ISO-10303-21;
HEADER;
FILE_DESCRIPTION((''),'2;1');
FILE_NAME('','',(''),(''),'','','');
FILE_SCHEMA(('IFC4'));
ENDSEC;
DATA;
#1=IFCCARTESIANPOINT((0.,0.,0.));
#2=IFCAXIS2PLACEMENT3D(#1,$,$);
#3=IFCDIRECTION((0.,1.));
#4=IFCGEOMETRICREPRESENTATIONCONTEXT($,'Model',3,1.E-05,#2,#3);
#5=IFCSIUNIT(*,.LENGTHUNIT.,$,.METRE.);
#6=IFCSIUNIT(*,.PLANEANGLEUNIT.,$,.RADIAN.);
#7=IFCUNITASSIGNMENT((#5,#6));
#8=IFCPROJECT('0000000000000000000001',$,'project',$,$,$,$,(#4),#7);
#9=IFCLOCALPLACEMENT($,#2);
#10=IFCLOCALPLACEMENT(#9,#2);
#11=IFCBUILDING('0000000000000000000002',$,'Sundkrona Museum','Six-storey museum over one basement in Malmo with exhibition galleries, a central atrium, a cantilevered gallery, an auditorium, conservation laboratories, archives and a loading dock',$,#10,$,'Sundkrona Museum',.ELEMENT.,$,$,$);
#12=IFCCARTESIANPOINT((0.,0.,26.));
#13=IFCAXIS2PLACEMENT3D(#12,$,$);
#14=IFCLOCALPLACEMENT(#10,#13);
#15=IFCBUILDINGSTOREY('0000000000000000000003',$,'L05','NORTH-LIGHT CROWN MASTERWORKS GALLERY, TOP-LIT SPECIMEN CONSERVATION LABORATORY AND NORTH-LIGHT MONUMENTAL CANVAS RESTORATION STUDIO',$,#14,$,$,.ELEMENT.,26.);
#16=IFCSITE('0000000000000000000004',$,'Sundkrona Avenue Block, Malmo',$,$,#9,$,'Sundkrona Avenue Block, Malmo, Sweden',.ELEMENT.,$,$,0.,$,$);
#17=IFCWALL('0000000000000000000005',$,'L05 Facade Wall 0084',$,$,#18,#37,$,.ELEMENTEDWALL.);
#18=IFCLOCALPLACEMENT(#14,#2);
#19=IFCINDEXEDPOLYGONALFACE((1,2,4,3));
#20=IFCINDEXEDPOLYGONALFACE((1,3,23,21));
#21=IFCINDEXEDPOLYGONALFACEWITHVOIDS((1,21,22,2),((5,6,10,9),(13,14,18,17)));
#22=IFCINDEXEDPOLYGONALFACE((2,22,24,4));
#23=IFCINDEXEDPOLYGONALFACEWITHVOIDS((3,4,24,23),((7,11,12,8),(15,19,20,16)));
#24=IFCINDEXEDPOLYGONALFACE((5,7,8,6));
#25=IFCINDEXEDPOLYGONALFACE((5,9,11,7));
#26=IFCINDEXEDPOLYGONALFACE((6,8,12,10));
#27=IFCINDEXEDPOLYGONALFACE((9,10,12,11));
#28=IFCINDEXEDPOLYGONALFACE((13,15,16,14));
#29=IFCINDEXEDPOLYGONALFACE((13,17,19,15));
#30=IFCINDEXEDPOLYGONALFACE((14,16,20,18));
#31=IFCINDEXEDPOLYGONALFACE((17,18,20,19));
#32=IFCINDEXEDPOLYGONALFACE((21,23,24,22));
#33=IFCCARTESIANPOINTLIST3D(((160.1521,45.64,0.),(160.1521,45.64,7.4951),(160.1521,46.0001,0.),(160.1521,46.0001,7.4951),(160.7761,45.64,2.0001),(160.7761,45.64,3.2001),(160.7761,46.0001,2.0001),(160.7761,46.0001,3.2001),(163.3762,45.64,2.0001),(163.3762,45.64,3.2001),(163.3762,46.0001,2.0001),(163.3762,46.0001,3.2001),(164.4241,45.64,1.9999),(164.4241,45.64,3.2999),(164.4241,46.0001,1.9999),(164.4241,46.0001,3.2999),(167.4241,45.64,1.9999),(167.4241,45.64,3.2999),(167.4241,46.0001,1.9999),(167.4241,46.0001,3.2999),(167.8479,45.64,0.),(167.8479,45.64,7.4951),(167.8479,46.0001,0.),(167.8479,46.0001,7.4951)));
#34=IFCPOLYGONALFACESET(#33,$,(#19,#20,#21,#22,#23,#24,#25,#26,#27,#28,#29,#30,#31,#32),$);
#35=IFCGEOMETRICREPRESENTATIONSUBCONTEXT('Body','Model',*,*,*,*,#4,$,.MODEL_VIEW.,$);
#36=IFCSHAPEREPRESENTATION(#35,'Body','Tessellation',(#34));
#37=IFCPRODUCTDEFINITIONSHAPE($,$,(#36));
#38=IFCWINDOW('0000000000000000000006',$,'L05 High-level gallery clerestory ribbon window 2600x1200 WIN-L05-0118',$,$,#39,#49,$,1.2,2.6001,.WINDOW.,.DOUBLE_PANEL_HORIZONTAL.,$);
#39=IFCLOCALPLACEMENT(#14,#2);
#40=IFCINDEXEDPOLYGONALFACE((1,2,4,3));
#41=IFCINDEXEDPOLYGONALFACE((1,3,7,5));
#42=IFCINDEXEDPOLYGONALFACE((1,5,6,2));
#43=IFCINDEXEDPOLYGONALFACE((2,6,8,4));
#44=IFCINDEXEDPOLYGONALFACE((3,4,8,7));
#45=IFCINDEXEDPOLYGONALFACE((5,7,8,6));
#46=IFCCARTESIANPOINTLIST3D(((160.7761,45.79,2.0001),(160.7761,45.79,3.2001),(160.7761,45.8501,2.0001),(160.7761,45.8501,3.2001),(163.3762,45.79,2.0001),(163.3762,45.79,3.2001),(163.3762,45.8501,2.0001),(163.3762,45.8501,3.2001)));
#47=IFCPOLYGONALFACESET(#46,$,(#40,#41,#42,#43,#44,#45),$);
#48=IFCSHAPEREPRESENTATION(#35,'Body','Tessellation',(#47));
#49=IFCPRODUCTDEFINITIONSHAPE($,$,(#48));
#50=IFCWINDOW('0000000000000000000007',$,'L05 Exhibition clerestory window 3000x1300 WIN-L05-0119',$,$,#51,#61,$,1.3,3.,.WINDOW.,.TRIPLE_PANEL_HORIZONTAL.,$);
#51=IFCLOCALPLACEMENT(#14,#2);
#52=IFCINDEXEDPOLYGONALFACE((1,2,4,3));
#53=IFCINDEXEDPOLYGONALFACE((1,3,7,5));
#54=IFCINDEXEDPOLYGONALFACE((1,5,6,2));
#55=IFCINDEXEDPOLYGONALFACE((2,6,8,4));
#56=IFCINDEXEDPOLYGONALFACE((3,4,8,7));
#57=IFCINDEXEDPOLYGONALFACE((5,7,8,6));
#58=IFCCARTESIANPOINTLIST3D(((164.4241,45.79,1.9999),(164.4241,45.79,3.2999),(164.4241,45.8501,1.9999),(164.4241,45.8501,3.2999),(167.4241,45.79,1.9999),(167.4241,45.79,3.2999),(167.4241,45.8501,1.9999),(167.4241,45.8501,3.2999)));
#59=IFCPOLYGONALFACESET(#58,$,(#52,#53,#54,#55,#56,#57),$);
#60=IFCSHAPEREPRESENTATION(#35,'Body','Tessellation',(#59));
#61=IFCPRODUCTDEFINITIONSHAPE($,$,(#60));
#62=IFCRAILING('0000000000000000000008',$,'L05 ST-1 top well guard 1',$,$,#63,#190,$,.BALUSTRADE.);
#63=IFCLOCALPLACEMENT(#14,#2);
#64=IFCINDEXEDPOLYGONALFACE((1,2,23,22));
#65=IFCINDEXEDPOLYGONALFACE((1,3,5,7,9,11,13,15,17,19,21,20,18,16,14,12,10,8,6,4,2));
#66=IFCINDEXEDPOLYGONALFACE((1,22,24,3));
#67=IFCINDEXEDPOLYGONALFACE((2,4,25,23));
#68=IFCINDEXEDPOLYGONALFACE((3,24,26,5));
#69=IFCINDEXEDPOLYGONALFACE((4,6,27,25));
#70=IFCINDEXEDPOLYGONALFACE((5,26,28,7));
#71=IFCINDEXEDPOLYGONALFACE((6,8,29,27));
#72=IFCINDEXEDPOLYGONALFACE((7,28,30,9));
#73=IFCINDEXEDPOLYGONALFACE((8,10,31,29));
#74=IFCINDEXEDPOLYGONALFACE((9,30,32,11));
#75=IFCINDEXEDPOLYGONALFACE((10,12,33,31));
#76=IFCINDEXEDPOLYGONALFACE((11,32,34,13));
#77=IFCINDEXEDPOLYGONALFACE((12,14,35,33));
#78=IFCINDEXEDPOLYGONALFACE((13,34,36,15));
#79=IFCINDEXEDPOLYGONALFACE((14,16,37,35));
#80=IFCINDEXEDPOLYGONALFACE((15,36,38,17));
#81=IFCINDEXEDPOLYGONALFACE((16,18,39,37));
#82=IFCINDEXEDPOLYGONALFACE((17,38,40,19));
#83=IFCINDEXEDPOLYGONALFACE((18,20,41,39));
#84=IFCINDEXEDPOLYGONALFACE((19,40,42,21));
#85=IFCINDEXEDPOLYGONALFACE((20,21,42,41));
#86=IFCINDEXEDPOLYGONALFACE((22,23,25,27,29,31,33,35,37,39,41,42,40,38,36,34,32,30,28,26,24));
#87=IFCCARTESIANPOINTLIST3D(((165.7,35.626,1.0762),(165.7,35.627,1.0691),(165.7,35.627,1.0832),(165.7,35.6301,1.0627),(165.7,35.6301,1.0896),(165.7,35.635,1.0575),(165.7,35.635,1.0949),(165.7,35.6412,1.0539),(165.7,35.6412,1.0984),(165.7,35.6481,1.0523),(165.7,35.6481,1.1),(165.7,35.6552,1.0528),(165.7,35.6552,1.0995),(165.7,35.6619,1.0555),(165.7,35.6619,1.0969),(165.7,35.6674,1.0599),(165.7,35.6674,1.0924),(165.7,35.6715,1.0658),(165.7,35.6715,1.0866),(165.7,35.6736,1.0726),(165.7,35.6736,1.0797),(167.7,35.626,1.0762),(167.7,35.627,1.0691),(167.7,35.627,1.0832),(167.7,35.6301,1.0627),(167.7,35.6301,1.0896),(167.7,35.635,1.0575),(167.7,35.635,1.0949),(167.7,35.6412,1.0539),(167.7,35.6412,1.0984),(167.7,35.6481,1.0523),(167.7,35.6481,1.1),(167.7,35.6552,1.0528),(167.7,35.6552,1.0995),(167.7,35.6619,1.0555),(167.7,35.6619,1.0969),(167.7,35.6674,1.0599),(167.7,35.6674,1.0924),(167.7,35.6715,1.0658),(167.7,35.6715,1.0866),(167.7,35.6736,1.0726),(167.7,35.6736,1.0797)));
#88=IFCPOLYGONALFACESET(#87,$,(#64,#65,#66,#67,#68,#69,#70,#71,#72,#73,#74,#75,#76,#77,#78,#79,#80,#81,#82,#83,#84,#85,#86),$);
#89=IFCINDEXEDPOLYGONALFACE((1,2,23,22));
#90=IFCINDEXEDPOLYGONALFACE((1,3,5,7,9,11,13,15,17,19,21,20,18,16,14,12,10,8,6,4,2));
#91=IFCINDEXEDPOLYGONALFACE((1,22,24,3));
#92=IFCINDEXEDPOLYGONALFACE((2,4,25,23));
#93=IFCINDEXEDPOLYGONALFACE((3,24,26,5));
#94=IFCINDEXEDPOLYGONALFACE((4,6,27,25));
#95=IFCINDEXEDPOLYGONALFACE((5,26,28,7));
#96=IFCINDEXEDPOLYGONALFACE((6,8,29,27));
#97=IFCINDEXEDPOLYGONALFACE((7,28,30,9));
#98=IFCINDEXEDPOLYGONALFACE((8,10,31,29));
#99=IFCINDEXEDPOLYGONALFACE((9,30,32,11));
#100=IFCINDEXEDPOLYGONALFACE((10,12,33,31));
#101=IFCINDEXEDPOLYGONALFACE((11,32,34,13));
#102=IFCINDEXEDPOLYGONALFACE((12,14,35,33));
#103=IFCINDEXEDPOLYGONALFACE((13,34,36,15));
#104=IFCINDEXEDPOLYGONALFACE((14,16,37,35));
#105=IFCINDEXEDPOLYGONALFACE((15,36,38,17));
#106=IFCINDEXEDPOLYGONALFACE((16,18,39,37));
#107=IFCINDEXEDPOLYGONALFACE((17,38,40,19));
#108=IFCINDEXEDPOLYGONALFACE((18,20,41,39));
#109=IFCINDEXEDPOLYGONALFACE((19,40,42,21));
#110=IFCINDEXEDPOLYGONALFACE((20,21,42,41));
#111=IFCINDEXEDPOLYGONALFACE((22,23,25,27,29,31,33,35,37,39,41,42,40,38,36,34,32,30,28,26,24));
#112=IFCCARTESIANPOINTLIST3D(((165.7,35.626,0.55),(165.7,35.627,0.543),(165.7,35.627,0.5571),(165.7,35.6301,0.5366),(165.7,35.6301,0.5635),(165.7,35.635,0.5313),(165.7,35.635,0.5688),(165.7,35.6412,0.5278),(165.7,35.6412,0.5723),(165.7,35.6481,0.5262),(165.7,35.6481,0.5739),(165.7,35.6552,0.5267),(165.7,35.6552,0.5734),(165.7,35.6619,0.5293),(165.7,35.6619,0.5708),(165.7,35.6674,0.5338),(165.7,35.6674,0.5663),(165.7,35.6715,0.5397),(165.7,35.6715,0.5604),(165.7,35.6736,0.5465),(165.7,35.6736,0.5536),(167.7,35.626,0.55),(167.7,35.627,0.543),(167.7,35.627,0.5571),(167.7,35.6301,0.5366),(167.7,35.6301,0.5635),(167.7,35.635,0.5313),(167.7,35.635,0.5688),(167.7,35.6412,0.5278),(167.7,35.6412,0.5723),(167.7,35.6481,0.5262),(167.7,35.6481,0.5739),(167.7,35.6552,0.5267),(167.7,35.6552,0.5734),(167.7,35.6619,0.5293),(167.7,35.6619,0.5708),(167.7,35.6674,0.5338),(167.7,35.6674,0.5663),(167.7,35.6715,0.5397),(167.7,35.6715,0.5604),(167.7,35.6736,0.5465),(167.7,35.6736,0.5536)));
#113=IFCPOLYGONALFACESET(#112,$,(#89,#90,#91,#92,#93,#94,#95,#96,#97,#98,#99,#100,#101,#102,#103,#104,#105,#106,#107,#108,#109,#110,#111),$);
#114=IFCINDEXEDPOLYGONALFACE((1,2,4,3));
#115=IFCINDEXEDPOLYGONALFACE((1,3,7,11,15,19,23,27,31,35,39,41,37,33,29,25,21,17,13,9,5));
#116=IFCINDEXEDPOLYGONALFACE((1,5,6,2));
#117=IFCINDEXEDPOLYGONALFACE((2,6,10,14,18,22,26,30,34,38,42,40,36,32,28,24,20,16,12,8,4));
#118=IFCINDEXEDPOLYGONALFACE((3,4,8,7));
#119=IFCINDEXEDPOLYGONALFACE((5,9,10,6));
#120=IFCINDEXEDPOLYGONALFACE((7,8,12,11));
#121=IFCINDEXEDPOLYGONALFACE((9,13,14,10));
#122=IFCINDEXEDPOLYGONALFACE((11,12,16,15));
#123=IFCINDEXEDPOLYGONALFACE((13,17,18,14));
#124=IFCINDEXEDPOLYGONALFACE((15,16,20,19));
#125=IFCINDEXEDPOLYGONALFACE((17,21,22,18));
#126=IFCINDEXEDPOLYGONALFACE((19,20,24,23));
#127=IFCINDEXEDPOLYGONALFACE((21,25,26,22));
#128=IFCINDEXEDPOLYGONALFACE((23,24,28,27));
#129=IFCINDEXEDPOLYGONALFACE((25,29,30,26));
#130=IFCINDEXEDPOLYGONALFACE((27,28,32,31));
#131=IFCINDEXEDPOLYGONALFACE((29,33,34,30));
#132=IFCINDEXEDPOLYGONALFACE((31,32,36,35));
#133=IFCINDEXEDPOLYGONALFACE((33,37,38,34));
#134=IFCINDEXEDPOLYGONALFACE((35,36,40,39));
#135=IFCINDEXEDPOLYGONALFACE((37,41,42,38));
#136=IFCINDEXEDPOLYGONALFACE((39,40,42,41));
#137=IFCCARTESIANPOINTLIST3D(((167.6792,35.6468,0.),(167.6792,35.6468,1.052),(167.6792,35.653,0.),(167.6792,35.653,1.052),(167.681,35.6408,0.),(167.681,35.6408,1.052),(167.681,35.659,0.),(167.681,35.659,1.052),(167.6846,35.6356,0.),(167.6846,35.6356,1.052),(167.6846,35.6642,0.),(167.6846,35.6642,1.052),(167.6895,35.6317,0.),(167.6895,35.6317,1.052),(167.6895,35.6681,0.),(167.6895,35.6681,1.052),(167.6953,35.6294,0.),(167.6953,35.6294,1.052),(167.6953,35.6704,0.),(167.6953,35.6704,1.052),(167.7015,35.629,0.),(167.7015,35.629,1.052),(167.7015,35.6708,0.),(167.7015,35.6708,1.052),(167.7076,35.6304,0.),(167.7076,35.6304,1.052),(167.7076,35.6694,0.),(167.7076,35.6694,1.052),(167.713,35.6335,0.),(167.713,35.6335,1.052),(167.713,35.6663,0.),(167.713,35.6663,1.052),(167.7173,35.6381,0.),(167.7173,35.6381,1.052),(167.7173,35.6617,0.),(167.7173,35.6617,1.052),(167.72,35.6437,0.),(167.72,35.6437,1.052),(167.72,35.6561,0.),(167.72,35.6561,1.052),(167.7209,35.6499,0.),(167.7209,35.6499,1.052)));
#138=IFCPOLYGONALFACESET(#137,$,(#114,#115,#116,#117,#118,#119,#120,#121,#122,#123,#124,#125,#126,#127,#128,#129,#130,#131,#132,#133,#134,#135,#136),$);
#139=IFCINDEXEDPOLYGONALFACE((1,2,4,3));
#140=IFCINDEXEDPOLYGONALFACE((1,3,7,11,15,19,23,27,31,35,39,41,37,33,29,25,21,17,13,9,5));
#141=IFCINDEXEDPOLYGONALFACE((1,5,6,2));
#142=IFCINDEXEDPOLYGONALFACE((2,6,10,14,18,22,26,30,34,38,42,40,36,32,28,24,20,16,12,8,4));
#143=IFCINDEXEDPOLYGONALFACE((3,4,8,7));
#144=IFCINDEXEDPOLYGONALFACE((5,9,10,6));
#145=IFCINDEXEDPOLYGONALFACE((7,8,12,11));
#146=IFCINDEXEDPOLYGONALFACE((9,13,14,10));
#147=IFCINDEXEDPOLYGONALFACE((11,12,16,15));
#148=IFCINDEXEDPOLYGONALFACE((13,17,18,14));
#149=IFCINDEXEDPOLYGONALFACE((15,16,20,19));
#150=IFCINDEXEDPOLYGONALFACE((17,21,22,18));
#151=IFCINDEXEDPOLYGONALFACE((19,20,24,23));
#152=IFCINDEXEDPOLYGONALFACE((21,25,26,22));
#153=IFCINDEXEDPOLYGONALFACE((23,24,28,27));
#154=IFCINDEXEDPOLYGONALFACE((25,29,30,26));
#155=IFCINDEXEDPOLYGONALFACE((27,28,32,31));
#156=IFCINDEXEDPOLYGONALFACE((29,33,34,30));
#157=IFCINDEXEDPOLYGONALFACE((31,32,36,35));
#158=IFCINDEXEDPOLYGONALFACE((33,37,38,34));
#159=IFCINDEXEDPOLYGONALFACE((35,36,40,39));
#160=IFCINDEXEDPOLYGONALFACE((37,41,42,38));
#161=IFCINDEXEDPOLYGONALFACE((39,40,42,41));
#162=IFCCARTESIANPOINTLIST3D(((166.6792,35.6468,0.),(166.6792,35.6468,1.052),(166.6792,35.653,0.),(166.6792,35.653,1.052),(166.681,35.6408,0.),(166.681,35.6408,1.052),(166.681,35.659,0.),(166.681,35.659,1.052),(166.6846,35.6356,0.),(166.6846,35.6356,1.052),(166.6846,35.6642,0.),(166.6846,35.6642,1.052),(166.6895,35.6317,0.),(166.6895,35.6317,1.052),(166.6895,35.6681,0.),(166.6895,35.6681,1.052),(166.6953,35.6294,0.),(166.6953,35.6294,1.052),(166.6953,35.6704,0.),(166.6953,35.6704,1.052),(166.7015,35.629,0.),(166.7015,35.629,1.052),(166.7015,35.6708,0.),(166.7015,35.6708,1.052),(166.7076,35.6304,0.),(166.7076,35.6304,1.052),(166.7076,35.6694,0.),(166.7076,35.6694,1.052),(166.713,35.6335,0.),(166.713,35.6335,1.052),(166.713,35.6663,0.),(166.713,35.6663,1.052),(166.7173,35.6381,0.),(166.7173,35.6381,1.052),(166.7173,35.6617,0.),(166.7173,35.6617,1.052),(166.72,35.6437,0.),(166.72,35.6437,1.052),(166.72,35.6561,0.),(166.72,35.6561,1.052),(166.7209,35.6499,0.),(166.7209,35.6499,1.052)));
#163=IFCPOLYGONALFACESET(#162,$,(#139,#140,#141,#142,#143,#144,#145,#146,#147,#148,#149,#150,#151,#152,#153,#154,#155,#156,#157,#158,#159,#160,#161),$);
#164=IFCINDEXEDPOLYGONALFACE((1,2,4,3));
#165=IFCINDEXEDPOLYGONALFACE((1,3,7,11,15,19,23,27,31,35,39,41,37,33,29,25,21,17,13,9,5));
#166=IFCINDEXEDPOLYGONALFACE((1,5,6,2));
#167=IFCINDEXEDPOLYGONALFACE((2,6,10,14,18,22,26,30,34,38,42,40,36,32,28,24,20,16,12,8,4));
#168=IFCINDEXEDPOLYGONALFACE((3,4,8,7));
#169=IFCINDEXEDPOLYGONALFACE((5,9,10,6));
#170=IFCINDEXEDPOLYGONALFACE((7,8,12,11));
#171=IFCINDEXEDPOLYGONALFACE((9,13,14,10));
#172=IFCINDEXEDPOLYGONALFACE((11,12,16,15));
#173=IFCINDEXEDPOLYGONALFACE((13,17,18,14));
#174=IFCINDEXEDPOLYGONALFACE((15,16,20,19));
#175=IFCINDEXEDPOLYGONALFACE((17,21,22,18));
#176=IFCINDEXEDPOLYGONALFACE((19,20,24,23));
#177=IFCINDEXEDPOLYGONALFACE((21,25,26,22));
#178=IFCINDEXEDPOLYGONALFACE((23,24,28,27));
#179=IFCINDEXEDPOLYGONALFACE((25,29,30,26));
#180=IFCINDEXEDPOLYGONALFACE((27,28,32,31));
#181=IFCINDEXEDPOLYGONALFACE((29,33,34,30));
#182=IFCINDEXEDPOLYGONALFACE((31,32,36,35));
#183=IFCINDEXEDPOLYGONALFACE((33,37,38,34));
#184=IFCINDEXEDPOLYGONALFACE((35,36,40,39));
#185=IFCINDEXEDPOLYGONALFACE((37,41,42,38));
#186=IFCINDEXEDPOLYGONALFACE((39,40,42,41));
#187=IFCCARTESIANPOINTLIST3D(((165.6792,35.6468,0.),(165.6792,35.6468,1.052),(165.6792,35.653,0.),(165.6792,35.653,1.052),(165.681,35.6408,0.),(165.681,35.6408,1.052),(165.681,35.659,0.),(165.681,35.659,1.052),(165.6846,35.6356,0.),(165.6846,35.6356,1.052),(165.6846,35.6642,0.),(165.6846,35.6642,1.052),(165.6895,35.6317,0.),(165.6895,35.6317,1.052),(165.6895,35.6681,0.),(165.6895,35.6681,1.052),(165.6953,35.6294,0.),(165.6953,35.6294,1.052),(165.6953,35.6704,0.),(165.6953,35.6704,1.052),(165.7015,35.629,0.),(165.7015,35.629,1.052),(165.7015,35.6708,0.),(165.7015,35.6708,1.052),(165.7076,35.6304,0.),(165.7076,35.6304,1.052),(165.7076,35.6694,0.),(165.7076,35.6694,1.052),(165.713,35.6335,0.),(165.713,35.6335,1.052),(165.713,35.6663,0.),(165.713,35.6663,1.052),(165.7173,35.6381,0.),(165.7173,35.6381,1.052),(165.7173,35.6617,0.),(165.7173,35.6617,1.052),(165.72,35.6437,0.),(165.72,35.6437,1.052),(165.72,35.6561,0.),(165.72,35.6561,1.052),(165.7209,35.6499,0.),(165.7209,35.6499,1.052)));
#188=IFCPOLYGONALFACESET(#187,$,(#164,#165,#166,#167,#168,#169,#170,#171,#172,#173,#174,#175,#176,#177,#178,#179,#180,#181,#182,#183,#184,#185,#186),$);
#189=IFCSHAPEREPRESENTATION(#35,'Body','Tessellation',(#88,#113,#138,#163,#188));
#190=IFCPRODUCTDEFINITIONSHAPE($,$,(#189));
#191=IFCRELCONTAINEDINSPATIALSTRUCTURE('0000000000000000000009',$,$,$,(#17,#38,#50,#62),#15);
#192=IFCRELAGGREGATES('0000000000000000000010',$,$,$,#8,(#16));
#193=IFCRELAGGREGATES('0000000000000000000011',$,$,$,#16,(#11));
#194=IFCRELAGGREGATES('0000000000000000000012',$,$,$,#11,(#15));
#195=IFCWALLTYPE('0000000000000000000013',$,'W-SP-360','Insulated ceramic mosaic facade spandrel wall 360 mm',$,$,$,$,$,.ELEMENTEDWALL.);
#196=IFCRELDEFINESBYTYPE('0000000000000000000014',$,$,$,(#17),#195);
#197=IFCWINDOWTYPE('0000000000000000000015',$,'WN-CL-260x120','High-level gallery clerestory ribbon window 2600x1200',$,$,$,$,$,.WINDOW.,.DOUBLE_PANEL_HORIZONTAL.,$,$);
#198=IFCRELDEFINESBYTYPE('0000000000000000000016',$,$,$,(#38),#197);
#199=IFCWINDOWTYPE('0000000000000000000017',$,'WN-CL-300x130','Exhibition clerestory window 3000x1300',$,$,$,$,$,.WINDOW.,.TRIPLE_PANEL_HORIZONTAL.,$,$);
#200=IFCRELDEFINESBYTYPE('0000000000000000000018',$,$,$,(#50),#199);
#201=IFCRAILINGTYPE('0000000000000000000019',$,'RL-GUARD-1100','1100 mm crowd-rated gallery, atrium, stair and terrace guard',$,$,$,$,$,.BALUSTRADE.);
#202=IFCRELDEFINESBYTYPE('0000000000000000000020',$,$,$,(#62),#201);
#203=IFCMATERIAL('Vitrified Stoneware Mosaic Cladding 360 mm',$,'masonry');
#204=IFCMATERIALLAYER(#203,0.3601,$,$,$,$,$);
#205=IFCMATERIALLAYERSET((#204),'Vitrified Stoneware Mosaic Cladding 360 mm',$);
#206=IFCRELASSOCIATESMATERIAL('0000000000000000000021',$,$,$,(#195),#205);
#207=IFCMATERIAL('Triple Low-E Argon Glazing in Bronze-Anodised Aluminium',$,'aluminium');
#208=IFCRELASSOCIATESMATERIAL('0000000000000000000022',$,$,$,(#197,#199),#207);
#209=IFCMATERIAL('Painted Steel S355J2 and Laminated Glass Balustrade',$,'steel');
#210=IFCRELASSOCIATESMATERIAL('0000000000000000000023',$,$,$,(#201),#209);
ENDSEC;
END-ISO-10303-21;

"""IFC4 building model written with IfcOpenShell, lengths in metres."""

from ifc_helpers import new_model, si_unit, direction, frame, frame_2d, origin, origin_2d, place, context, subcontext, project, spatial, rectangle, circle, extrude, material, layer, layer_set, type_object, element, fill, save


model = new_model("IFC4")

# Units and contexts
model_context = context("Model", 3, precision=1e-05, world=origin(), true_north=direction((0.0, 1.0)))
body_context = subcontext(model_context, "Body", "Model", "MODEL_VIEW")
ifc_project = project(units=[si_unit("LENGTHUNIT", "METRE"), si_unit("PLANEANGLEUNIT", "RADIAN")], contexts=[model_context])

# Site, building, storey
site_placement = place(None, origin())
site = spatial("IfcSite", under=ifc_project, at=site_placement, Name="Sundkrona Avenue Block, Malmo", LongName="Sundkrona Avenue Block, Malmo, Sweden", CompositionType="ELEMENT", RefElevation=0.0)
building_placement = place(site_placement, origin())
building = spatial("IfcBuilding", under=site, at=building_placement, Name="Sundkrona Museum", Description="Six-storey museum over one basement in Malmo with exhibition galleries, a central atrium, a cantilevered gallery, an auditorium, conservation laboratories, archives and a loading dock", LongName="Sundkrona Museum", CompositionType="ELEMENT")
storey_placement = place(building_placement, frame((0.0, 0.0, 26.0)))
storey = spatial("IfcBuildingStorey", under=building, at=storey_placement, Name="L05", Description="NORTH-LIGHT CROWN MASTERWORKS GALLERY, TOP-LIT SPECIMEN CONSERVATION LABORATORY AND NORTH-LIGHT MONUMENTAL CANVAS RESTORATION STUDIO", CompositionType="ELEMENT", Elevation=26.0)

# Shared definitions
ifc_material_1 = material(Name="Triple Low-E Argon Glazing in Bronze-Anodised Aluminium", Category="aluminium")

# Wall, openings, windows
ifc_material_2 = material(Name="Vitrified Stoneware Mosaic Cladding 360 mm", Category="masonry")
ifc_layer_1 = layer(ifc_material_2, 0.3601)
ifc_layer_set_1 = layer_set([ifc_layer_1], Name="Vitrified Stoneware Mosaic Cladding 360 mm")
wall_type_1 = type_object("IfcWallType", Name="W-SP-360", Description="Insulated ceramic mosaic facade spandrel wall 360 mm", PredefinedType="ELEMENTEDWALL", material=ifc_layer_set_1)
wall_1_placement = place(storey_placement, frame((160.1521, 45.8201, 0.0), z_axis=(0.0, 0.0, 1.0), x_axis=(1.0, 0.0, 0.0)))
wall_1 = element("IfcWall", 1, at=wall_1_placement, inside=storey, type_object=wall_type_1, Name="L05 Facade Wall 0084", PredefinedType="ELEMENTEDWALL", context=body_context, shape_type="SweptSolid", body=[
    extrude(rectangle(XDim=7.6958, YDim=0.3601, at=frame_2d((3.8479, 0.0))), origin(), (0.0, 0.0, 1.0), 7.4951),
])
opening_1_placement = place(wall_1_placement, frame((0.624, 0.0, 2.0)))
opening_1 = element("IfcOpeningElement", 2, at=opening_1_placement, cuts=wall_1, PredefinedType="OPENING", context=body_context, shape_type="SweptSolid", body=[
    extrude(rectangle(XDim=2.6001, YDim=1.2, at=frame_2d((1.3, 0.6001))), frame((0.0, 0.1899, 0.0), z_axis=(0.0, -1.0, 0.0), x_axis=(1.0, 0.0, 0.0)), (0.0, 0.0, 1.0), 0.3801),
])
opening_2_placement = place(wall_1_placement, frame((4.272, 0.0, 2.0)))
opening_2 = element("IfcOpeningElement", 3, at=opening_2_placement, cuts=wall_1, PredefinedType="OPENING", context=body_context, shape_type="SweptSolid", body=[
    extrude(rectangle(XDim=3.0, YDim=1.3, at=frame_2d((1.5, 0.6499))), frame((0.0, 0.1899, 0.0), z_axis=(0.0, -1.0, 0.0), x_axis=(1.0, 0.0, 0.0)), (0.0, 0.0, 1.0), 0.3801),
])
window_type_1 = type_object("IfcWindowType", Name="WN-CL-260x120", Description="High-level gallery clerestory ribbon window 2600x1200", PartitioningType="DOUBLE_PANEL_HORIZONTAL", PredefinedType="WINDOW", material=ifc_material_1)
window_1_placement = place(opening_1_placement, origin())
window_1 = element("IfcWindow", 4, at=window_1_placement, inside=storey, type_object=window_type_1, Name="L05 High-level gallery clerestory ribbon window 2600x1200 WIN-L05-0118", OverallHeight=1.2, OverallWidth=2.6001, PartitioningType="DOUBLE_PANEL_HORIZONTAL", PredefinedType="WINDOW", context=body_context, shape_type="SweptSolid", body=[
    extrude(rectangle(XDim=2.6001, YDim=1.2, at=frame_2d((1.3, 0.6001))), frame((0.0, 0.03, 0.0), z_axis=(0.0, -1.0, 0.0), x_axis=(1.0, 0.0, 0.0)), (0.0, 0.0, 1.0), 0.0601),
])
fill(opening_1, window_1)
window_type_2 = type_object("IfcWindowType", Name="WN-CL-300x130", Description="Exhibition clerestory window 3000x1300", PartitioningType="TRIPLE_PANEL_HORIZONTAL", PredefinedType="WINDOW", material=ifc_material_1)
window_2_placement = place(opening_2_placement, origin())
window_2 = element("IfcWindow", 5, at=window_2_placement, inside=storey, type_object=window_type_2, Name="L05 Exhibition clerestory window 3000x1300 WIN-L05-0119", OverallHeight=1.3, OverallWidth=3.0, PartitioningType="TRIPLE_PANEL_HORIZONTAL", PredefinedType="WINDOW", context=body_context, shape_type="SweptSolid", body=[
    extrude(rectangle(XDim=3.0, YDim=1.3, at=frame_2d((1.5, 0.6499))), frame((0.0, 0.03, 0.0), z_axis=(0.0, -1.0, 0.0), x_axis=(1.0, 0.0, 0.0)), (0.0, 0.0, 1.0), 0.0601),
])
fill(opening_2, window_2)

# Railing
ifc_material_3 = material(Name="Painted Steel S355J2 and Laminated Glass Balustrade", Category="steel")
railing_type = type_object("IfcRailingType", Name="RL-GUARD-1100", Description="1100 mm crowd-rated gallery, atrium, stair and terrace guard", PredefinedType="BALUSTRADE", material=ifc_material_3)
railing_1_placement = place(storey_placement, frame((167.7, 35.6499, 0.0)))
element("IfcRailing", 6, at=railing_1_placement, inside=storey, type_object=railing_type, Name="L05 ST-1 top well guard 1", PredefinedType="BALUSTRADE", context=body_context, shape_type="SweptSolid", body=[
    extrude(circle(Radius=0.0239, at=origin_2d()), frame((0.0, 0.0, 1.0762), z_axis=(-1.0, 0.0, 0.0), x_axis=(0.0, -1.0, 0.0)), (0.0, 0.0, 1.0), 2.0),
    extrude(circle(Radius=0.0239, at=origin_2d()), frame((0.0, 0.0, 0.55), z_axis=(-1.0, 0.0, 0.0), x_axis=(0.0, -1.0, 0.0)), (0.0, 0.0, 1.0), 2.0),
    extrude(circle(Radius=0.021, at=origin_2d()), origin(), (0.0, 0.0, 1.0), 1.052),
    extrude(circle(Radius=0.021, at=origin_2d()), frame((-1.0, 0.0, 0.0)), (0.0, 0.0, 1.0), 1.052),
    extrude(circle(Radius=0.021, at=origin_2d()), frame((-2.0, 0.0, 0.0)), (0.0, 0.0, 1.0), 1.052),
])

save(model, "model.ifc")
